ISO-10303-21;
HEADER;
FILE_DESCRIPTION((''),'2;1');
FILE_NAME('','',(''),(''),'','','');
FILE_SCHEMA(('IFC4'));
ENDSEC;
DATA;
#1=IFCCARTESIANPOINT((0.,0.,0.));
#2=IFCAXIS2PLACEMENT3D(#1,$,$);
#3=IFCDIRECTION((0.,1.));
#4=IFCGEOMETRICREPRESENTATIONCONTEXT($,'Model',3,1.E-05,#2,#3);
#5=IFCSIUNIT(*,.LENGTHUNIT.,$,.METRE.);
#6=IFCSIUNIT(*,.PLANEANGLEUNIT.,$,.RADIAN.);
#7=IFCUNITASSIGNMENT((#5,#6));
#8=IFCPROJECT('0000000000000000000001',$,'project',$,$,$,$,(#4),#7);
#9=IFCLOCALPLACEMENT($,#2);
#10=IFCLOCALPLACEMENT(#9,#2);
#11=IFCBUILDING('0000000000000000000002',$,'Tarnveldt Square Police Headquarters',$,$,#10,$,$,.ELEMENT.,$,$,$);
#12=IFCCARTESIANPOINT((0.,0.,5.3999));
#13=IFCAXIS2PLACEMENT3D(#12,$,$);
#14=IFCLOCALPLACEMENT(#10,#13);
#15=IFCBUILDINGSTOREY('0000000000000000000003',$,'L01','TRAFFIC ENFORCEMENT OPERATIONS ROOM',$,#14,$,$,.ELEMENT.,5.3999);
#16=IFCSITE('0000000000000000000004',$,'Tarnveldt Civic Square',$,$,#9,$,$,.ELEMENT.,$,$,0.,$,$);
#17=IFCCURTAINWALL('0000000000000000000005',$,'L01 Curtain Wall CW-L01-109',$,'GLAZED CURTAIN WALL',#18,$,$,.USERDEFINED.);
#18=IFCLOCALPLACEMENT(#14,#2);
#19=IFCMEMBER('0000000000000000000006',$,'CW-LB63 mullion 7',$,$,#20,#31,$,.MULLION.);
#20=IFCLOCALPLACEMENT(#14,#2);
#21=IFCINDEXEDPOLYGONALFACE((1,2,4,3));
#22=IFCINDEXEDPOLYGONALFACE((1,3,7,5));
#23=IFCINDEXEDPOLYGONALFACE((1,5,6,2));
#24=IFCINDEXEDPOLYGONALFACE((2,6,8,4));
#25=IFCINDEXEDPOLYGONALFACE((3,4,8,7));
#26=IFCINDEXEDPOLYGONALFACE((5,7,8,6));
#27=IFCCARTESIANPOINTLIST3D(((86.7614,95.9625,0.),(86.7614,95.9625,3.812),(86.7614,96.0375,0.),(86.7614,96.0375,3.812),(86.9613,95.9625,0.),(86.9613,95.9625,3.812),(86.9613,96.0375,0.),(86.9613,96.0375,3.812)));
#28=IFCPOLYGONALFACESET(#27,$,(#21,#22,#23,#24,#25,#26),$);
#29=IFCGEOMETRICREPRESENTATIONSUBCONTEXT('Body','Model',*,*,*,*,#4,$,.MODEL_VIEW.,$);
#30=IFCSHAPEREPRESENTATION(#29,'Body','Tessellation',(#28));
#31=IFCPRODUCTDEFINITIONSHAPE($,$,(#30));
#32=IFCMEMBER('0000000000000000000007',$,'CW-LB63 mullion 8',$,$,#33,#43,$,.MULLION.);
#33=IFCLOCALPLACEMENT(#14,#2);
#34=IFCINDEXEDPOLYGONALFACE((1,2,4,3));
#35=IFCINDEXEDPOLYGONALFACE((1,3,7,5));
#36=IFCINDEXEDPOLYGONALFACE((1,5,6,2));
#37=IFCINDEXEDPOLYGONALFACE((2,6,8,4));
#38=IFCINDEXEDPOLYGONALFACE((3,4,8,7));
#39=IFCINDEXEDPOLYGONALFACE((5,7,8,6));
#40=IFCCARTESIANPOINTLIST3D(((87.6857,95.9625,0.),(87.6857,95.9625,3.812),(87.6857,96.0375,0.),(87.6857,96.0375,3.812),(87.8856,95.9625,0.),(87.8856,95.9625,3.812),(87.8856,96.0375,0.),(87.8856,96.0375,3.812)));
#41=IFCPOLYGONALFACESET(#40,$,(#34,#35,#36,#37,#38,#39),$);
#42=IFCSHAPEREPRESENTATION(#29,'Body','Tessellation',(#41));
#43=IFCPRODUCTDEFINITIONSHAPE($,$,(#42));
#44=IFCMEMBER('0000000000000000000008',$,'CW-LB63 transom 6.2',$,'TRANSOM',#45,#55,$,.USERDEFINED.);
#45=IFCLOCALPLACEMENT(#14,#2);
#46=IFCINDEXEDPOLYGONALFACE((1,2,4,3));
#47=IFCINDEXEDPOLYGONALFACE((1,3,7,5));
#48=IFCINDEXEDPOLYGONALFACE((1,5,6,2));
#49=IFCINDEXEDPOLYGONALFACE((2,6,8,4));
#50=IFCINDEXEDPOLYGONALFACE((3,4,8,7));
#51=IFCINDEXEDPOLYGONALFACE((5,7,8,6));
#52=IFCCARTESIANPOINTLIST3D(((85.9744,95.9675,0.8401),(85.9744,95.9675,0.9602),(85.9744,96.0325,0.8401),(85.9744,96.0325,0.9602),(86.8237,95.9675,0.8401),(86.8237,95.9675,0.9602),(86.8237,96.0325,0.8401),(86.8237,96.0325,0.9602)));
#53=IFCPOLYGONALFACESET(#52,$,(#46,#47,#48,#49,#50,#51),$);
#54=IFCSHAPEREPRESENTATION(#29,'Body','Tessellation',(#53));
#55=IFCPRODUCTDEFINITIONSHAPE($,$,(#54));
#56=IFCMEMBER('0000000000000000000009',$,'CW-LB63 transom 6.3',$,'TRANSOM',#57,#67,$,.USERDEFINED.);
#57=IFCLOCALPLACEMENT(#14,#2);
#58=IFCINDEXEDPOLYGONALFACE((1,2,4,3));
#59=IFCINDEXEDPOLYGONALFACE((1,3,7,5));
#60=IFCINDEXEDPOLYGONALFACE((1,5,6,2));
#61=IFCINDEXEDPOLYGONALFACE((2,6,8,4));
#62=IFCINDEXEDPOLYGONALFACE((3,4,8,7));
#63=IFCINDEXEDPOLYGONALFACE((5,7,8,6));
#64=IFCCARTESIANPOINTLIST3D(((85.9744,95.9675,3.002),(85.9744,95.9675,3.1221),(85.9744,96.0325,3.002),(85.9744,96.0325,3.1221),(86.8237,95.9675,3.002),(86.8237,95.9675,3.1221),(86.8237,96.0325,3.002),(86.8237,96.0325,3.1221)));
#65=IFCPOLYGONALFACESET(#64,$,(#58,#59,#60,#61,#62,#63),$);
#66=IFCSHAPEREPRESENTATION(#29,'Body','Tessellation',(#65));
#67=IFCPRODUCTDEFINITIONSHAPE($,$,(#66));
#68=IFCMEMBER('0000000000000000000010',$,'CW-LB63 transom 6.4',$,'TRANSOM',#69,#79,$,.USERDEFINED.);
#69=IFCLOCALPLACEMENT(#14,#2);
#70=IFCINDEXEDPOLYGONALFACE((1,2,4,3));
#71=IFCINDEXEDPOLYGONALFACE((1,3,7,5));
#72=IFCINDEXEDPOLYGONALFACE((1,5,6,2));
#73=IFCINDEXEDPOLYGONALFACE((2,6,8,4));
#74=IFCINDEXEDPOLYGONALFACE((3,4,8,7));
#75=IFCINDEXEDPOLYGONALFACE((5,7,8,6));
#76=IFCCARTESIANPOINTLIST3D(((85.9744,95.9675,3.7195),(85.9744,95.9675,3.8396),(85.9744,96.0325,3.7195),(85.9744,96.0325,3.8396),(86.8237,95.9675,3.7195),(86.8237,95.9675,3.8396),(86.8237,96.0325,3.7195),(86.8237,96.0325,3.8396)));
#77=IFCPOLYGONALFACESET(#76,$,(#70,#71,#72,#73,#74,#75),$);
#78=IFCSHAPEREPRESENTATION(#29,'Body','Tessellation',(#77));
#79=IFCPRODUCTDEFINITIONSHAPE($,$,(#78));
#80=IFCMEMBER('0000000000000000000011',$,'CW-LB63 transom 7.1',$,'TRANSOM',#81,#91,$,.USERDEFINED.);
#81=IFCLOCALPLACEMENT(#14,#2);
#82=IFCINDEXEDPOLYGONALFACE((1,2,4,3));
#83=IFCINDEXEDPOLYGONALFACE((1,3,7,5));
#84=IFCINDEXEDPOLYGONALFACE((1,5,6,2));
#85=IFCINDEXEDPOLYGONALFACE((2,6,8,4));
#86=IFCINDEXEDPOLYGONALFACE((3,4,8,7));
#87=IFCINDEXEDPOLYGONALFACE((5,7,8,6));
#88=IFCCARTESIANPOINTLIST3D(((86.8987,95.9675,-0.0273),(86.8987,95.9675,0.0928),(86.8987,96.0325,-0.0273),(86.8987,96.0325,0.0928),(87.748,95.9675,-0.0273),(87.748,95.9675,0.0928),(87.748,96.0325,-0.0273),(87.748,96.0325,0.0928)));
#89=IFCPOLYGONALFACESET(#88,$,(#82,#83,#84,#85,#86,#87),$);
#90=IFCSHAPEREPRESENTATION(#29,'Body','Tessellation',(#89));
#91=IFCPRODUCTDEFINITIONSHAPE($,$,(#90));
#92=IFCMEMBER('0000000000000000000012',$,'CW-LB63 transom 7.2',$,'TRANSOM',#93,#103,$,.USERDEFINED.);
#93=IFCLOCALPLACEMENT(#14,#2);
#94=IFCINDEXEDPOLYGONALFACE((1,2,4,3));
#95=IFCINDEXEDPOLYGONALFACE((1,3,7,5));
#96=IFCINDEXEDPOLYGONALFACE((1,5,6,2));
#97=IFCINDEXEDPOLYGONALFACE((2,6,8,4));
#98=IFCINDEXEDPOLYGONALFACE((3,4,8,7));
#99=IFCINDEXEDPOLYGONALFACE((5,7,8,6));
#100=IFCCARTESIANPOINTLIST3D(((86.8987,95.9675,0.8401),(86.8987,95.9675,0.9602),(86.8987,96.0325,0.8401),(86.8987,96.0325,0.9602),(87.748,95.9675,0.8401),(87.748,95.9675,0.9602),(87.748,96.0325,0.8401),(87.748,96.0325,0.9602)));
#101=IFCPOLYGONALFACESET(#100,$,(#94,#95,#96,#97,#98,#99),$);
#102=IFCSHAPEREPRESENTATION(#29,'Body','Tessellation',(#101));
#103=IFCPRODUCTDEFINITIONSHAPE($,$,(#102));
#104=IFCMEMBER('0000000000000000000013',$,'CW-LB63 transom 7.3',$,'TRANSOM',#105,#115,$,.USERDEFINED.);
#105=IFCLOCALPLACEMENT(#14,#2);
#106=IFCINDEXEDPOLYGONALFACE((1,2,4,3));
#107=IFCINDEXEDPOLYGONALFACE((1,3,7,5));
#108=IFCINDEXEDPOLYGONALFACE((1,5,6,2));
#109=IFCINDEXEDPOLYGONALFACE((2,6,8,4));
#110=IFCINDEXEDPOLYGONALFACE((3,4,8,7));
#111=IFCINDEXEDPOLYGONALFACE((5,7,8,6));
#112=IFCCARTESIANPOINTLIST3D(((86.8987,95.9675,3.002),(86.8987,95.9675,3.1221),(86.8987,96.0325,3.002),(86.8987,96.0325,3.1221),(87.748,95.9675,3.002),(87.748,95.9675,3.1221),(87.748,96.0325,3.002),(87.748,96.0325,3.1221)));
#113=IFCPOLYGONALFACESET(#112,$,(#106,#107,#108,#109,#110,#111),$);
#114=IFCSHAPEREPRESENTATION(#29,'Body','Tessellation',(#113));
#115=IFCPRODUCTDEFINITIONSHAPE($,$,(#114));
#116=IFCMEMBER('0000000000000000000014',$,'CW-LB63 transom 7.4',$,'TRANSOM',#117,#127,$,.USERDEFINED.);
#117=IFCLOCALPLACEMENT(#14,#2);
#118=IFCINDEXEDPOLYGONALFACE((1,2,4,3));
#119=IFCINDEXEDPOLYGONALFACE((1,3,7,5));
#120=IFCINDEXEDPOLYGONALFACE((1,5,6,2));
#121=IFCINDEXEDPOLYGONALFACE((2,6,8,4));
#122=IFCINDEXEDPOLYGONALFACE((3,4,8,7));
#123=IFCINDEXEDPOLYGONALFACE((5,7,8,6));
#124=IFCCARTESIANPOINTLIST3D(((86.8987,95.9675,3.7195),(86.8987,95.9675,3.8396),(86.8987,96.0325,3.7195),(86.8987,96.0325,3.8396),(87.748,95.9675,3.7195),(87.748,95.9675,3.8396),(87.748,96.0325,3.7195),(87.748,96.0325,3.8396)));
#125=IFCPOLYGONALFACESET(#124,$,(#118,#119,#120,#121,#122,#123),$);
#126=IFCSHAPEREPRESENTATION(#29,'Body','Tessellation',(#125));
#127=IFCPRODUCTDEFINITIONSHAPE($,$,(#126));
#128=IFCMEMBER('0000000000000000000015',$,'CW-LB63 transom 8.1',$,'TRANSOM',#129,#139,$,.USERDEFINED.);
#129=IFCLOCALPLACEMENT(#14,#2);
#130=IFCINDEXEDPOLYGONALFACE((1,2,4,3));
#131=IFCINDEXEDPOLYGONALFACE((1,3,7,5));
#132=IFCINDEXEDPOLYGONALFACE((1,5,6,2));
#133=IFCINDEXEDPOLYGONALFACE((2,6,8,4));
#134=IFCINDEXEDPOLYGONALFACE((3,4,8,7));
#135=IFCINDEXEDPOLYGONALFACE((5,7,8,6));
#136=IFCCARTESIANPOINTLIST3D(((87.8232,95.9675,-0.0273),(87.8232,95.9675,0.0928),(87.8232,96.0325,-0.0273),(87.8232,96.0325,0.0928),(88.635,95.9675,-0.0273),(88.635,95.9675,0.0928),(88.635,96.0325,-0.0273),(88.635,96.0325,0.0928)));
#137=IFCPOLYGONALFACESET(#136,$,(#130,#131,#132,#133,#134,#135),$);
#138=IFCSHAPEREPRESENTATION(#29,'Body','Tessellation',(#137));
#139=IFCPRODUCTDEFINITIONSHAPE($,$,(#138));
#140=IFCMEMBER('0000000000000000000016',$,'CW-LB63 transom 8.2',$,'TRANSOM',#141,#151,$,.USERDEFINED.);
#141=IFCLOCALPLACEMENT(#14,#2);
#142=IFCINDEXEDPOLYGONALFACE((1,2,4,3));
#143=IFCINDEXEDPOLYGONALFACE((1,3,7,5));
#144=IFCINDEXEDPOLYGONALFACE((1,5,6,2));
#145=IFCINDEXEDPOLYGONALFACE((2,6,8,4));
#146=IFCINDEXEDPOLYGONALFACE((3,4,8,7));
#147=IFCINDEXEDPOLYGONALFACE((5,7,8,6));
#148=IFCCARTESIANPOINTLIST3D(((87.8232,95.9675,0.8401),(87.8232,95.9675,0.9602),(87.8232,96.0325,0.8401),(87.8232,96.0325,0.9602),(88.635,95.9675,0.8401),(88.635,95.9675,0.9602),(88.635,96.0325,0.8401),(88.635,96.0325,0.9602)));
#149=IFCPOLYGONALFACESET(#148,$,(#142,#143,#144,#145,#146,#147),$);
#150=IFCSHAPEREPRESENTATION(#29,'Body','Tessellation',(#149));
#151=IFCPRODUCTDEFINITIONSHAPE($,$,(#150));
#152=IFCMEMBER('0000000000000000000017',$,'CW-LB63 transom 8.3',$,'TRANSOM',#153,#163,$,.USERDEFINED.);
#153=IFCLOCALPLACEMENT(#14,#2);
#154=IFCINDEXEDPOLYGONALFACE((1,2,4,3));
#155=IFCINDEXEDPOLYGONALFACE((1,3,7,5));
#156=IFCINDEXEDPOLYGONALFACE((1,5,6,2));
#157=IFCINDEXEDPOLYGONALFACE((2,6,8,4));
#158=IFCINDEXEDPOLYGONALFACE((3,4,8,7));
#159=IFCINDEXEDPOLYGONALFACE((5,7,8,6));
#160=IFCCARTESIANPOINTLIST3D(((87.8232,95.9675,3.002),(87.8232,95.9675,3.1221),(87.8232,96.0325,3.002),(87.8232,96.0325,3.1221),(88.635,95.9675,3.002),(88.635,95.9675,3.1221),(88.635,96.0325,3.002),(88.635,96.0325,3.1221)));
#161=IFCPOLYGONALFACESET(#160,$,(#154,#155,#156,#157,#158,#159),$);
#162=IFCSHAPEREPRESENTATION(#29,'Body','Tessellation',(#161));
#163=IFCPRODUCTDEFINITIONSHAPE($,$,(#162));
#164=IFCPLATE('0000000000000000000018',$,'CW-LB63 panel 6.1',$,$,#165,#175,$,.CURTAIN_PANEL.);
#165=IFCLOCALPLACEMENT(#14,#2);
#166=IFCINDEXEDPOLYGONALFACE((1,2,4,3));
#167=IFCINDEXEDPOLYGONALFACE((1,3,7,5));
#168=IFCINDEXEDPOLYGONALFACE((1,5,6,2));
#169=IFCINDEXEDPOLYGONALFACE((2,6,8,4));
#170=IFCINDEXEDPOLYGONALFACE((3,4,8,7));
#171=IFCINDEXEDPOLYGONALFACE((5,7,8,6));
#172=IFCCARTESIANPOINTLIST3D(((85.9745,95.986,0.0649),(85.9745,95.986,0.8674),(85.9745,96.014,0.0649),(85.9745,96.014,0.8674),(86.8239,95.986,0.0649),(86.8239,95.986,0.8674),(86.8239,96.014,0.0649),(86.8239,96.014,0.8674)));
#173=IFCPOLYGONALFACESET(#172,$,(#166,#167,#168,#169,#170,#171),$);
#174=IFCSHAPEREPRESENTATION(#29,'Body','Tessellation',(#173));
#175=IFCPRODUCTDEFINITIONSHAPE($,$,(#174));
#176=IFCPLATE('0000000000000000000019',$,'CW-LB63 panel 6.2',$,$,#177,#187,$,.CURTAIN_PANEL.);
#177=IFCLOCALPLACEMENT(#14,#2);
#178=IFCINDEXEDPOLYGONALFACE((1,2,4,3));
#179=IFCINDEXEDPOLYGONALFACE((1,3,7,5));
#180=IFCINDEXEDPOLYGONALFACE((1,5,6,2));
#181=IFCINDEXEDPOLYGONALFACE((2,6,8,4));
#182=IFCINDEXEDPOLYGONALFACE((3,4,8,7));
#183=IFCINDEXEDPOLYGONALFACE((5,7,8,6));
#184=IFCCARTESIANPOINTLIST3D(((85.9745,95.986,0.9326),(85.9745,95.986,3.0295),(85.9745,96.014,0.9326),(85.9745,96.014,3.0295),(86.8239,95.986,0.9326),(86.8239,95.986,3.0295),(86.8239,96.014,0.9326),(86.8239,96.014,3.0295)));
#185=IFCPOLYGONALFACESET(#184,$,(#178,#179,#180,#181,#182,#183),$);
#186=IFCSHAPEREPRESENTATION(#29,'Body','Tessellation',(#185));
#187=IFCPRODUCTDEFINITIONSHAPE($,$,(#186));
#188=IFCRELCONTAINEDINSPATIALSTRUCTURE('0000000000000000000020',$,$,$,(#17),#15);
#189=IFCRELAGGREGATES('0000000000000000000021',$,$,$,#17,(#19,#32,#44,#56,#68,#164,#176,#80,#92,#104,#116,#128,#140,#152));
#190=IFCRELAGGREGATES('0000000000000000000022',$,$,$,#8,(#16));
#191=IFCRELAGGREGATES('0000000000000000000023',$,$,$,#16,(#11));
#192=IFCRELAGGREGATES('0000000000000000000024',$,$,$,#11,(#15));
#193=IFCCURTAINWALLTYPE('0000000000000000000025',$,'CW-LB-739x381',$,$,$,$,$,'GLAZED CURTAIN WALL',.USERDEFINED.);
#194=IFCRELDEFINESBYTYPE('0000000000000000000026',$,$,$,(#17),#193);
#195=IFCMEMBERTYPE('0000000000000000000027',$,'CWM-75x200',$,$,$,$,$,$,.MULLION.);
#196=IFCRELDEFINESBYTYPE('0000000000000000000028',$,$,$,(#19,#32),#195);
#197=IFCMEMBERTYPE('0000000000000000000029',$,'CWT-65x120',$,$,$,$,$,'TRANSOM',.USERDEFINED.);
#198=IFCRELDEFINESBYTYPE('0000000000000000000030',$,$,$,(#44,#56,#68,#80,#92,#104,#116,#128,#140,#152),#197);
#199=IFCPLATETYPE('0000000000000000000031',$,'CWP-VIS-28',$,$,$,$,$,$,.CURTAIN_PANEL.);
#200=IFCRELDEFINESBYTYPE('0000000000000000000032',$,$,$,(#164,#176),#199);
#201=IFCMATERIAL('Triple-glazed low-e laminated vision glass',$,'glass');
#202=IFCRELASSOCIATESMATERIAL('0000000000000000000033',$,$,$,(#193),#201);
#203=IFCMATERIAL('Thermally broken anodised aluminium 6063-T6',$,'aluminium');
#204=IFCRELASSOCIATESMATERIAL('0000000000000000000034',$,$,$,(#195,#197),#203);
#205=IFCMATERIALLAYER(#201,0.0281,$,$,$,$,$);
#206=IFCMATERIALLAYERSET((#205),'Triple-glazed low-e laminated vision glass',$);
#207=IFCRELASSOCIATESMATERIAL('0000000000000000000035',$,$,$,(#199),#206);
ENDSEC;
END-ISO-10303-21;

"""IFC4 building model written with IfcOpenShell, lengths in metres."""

from ifc_helpers import new_model, si_unit, direction, frame, origin, origin_2d, place, context, subcontext, project, spatial, rectangle, extrude, material, layer, layer_set, material_profile, profile_set, type_object, element, aggregate, save


model = new_model("IFC4")

# Units and contexts
model_context = context("Model", 3, precision=1e-05, world=origin(), true_north=direction((0.0, 1.0)))
body_context = subcontext(model_context, "Body", "Model", "MODEL_VIEW")
ifc_project = project(units=[si_unit("LENGTHUNIT", "METRE"), si_unit("PLANEANGLEUNIT", "RADIAN")], contexts=[model_context])

# Site, building, storey
site_placement = place(None, origin())
site = spatial("IfcSite", under=ifc_project, at=site_placement, Name="Tarnveldt Civic Square", CompositionType="ELEMENT", RefElevation=0.0)
building_placement = place(site_placement, origin())
building = spatial("IfcBuilding", under=site, at=building_placement, Name="Tarnveldt Square Police Headquarters", CompositionType="ELEMENT")
storey_placement = place(building_placement, frame((0.0, 0.0, 5.3999)))
storey = spatial("IfcBuildingStorey", under=building, at=storey_placement, Name="L01", Description="TRAFFIC ENFORCEMENT OPERATIONS ROOM", CompositionType="ELEMENT", Elevation=5.3999)

# Curtain wall, members, plates
ifc_material_1 = material(Name="Triple-glazed low-e laminated vision glass", Category="glass")
curtain_wall_type = type_object("IfcCurtainWallType", Name="CW-LB-739x381", ElementType="GLAZED CURTAIN WALL", PredefinedType="USERDEFINED", material=ifc_material_1)
curtain_wall_placement = place(storey_placement, origin())
curtain_wall = element("IfcCurtainWall", 1, at=curtain_wall_placement, inside=storey, type_object=curtain_wall_type, Name="L01 Curtain Wall CW-L01-109", ObjectType="GLAZED CURTAIN WALL", PredefinedType="USERDEFINED")
ifc_material_2 = material(Name="Thermally broken anodised aluminium 6063-T6", Category="aluminium")
ifc_material_profile_1 = material_profile(ifc_material_2, rectangle(XDim=0.075, YDim=0.2, at=origin_2d()), Name="CW-M75x200")
ifc_profile_set_1 = profile_set([ifc_material_profile_1], Name="Thermally broken anodised aluminium 6063-T6")
member_type_1 = type_object("IfcMemberType", Name="CWM-75x200", PredefinedType="MULLION", material=ifc_profile_set_1)
member_1_placement = place(storey_placement, frame((86.8613, 96.0, 0.0), z_axis=(0.0, 0.0, 1.0), x_axis=(0.0, 1.0, 0.0)))
member_1 = element("IfcMember", 2, at=member_1_placement, type_object=member_type_1, Name="CW-LB63 mullion 7", PredefinedType="MULLION", context=body_context, shape_type="SweptSolid", body=[
    extrude(rectangle(XDim=0.075, YDim=0.2, at=origin_2d()), origin(), (0.0, 0.0, 1.0), 3.812),
])
member_2_placement = place(storey_placement, frame((87.7856, 96.0, 0.0), z_axis=(0.0, 0.0, 1.0), x_axis=(0.0, 1.0, 0.0)))
member_2 = element("IfcMember", 3, at=member_2_placement, type_object=member_type_1, Name="CW-LB63 mullion 8", PredefinedType="MULLION", context=body_context, shape_type="SweptSolid", body=[
    extrude(rectangle(XDim=0.075, YDim=0.2, at=origin_2d()), origin(), (0.0, 0.0, 1.0), 3.812),
])
ifc_material_profile_2 = material_profile(ifc_material_2, rectangle(XDim=0.0649, YDim=0.1201, at=origin_2d()), Name="CW-T65x120")
ifc_profile_set_2 = profile_set([ifc_material_profile_2], Name="Thermally broken anodised aluminium 6063-T6")
member_type_2 = type_object("IfcMemberType", Name="CWT-65x120", ElementType="TRANSOM", PredefinedType="USERDEFINED", material=ifc_profile_set_2)
member_3_placement = place(storey_placement, frame((85.9744, 96.0, 0.9001), z_axis=(1.0, 0.0, 0.0), x_axis=(0.0, 1.0, 0.0)))
member_3 = element("IfcMember", 4, at=member_3_placement, type_object=member_type_2, Name="CW-LB63 transom 6.2", ObjectType="TRANSOM", PredefinedType="USERDEFINED", context=body_context, shape_type="SweptSolid", body=[
    extrude(rectangle(XDim=0.0649, YDim=0.1201, at=origin_2d()), origin(), (0.0, 0.0, 1.0), 0.8494),
])
member_4_placement = place(storey_placement, frame((85.9744, 96.0, 3.062), z_axis=(1.0, 0.0, 0.0), x_axis=(0.0, 1.0, 0.0)))
member_4 = element("IfcMember", 5, at=member_4_placement, type_object=member_type_2, Name="CW-LB63 transom 6.3", ObjectType="TRANSOM", PredefinedType="USERDEFINED", context=body_context, shape_type="SweptSolid", body=[
    extrude(rectangle(XDim=0.0649, YDim=0.1201, at=origin_2d()), origin(), (0.0, 0.0, 1.0), 0.8494),
])
member_5_placement = place(storey_placement, frame((85.9744, 96.0, 3.7795), z_axis=(1.0, 0.0, 0.0), x_axis=(0.0, 1.0, 0.0)))
member_5 = element("IfcMember", 6, at=member_5_placement, type_object=member_type_2, Name="CW-LB63 transom 6.4", ObjectType="TRANSOM", PredefinedType="USERDEFINED", context=body_context, shape_type="SweptSolid", body=[
    extrude(rectangle(XDim=0.0649, YDim=0.1201, at=origin_2d()), origin(), (0.0, 0.0, 1.0), 0.8494),
])
member_6_placement = place(storey_placement, frame((86.8987, 96.0, 0.0327), z_axis=(1.0, 0.0, 0.0), x_axis=(0.0, 1.0, 0.0)))
member_6 = element("IfcMember", 7, at=member_6_placement, type_object=member_type_2, Name="CW-LB63 transom 7.1", ObjectType="TRANSOM", PredefinedType="USERDEFINED", context=body_context, shape_type="SweptSolid", body=[
    extrude(rectangle(XDim=0.0649, YDim=0.1201, at=origin_2d()), origin(), (0.0, 0.0, 1.0), 0.8494),
])
member_7_placement = place(storey_placement, frame((86.8987, 96.0, 0.9001), z_axis=(1.0, 0.0, 0.0), x_axis=(0.0, 1.0, 0.0)))
member_7 = element("IfcMember", 8, at=member_7_placement, type_object=member_type_2, Name="CW-LB63 transom 7.2", ObjectType="TRANSOM", PredefinedType="USERDEFINED", context=body_context, shape_type="SweptSolid", body=[
    extrude(rectangle(XDim=0.0649, YDim=0.1201, at=origin_2d()), origin(), (0.0, 0.0, 1.0), 0.8494),
])
member_8_placement = place(storey_placement, frame((86.8987, 96.0, 3.062), z_axis=(1.0, 0.0, 0.0), x_axis=(0.0, 1.0, 0.0)))
member_8 = element("IfcMember", 9, at=member_8_placement, type_object=member_type_2, Name="CW-LB63 transom 7.3", ObjectType="TRANSOM", PredefinedType="USERDEFINED", context=body_context, shape_type="SweptSolid", body=[
    extrude(rectangle(XDim=0.0649, YDim=0.1201, at=origin_2d()), origin(), (0.0, 0.0, 1.0), 0.8494),
])
member_9_placement = place(storey_placement, frame((86.8987, 96.0, 3.7795), z_axis=(1.0, 0.0, 0.0), x_axis=(0.0, 1.0, 0.0)))
member_9 = element("IfcMember", 10, at=member_9_placement, type_object=member_type_2, Name="CW-LB63 transom 7.4", ObjectType="TRANSOM", PredefinedType="USERDEFINED", context=body_context, shape_type="SweptSolid", body=[
    extrude(rectangle(XDim=0.0649, YDim=0.1201, at=origin_2d()), origin(), (0.0, 0.0, 1.0), 0.8494),
])
member_10_placement = place(storey_placement, frame((87.8232, 96.0, 0.0327), z_axis=(1.0, 0.0, 0.0), x_axis=(0.0, 1.0, 0.0)))
member_10 = element("IfcMember", 11, at=member_10_placement, type_object=member_type_2, Name="CW-LB63 transom 8.1", ObjectType="TRANSOM", PredefinedType="USERDEFINED", context=body_context, shape_type="SweptSolid", body=[
    extrude(rectangle(XDim=0.0649, YDim=0.1201, at=origin_2d()), origin(), (0.0, 0.0, 1.0), 0.8118),
])
member_11_placement = place(storey_placement, frame((87.8232, 96.0, 0.9001), z_axis=(1.0, 0.0, 0.0), x_axis=(0.0, 1.0, 0.0)))
member_11 = element("IfcMember", 12, at=member_11_placement, type_object=member_type_2, Name="CW-LB63 transom 8.2", ObjectType="TRANSOM", PredefinedType="USERDEFINED", context=body_context, shape_type="SweptSolid", body=[
    extrude(rectangle(XDim=0.0649, YDim=0.1201, at=origin_2d()), origin(), (0.0, 0.0, 1.0), 0.8118),
])
member_12_placement = place(storey_placement, frame((87.8232, 96.0, 3.062), z_axis=(1.0, 0.0, 0.0), x_axis=(0.0, 1.0, 0.0)))
member_12 = element("IfcMember", 13, at=member_12_placement, type_object=member_type_2, Name="CW-LB63 transom 8.3", ObjectType="TRANSOM", PredefinedType="USERDEFINED", context=body_context, shape_type="SweptSolid", body=[
    extrude(rectangle(XDim=0.0649, YDim=0.1201, at=origin_2d()), origin(), (0.0, 0.0, 1.0), 0.8118),
])
ifc_layer = layer(ifc_material_1, 0.0281)
ifc_layer_set = layer_set([ifc_layer], Name="Triple-glazed low-e laminated vision glass")
plate_type = type_object("IfcPlateType", Name="CWP-VIS-28", PredefinedType="CURTAIN_PANEL", material=ifc_layer_set)
plate_1_placement = place(storey_placement, frame((86.3992, 96.0, 0.0649), z_axis=(0.0, 0.0, 1.0), x_axis=(1.0, 0.0, 0.0)))
plate_1 = element("IfcPlate", 14, at=plate_1_placement, type_object=plate_type, Name="CW-LB63 panel 6.1", PredefinedType="CURTAIN_PANEL", context=body_context, shape_type="SweptSolid", body=[
    extrude(rectangle(XDim=0.8494, YDim=0.0281, at=origin_2d()), origin(), (0.0, 0.0, 1.0), 0.8025),
])
plate_2_placement = place(storey_placement, frame((86.3992, 96.0, 0.9326), z_axis=(0.0, 0.0, 1.0), x_axis=(1.0, 0.0, 0.0)))
plate_2 = element("IfcPlate", 15, at=plate_2_placement, type_object=plate_type, Name="CW-LB63 panel 6.2", PredefinedType="CURTAIN_PANEL", context=body_context, shape_type="SweptSolid", body=[
    extrude(rectangle(XDim=0.8494, YDim=0.0281, at=origin_2d()), origin(), (0.0, 0.0, 1.0), 2.0969),
])
aggregate(curtain_wall, [member_1, member_2, member_3, member_4, member_5, plate_1, plate_2, member_6, member_7, member_8, member_9, member_10, member_11, member_12])

save(model, "model.ifc")
